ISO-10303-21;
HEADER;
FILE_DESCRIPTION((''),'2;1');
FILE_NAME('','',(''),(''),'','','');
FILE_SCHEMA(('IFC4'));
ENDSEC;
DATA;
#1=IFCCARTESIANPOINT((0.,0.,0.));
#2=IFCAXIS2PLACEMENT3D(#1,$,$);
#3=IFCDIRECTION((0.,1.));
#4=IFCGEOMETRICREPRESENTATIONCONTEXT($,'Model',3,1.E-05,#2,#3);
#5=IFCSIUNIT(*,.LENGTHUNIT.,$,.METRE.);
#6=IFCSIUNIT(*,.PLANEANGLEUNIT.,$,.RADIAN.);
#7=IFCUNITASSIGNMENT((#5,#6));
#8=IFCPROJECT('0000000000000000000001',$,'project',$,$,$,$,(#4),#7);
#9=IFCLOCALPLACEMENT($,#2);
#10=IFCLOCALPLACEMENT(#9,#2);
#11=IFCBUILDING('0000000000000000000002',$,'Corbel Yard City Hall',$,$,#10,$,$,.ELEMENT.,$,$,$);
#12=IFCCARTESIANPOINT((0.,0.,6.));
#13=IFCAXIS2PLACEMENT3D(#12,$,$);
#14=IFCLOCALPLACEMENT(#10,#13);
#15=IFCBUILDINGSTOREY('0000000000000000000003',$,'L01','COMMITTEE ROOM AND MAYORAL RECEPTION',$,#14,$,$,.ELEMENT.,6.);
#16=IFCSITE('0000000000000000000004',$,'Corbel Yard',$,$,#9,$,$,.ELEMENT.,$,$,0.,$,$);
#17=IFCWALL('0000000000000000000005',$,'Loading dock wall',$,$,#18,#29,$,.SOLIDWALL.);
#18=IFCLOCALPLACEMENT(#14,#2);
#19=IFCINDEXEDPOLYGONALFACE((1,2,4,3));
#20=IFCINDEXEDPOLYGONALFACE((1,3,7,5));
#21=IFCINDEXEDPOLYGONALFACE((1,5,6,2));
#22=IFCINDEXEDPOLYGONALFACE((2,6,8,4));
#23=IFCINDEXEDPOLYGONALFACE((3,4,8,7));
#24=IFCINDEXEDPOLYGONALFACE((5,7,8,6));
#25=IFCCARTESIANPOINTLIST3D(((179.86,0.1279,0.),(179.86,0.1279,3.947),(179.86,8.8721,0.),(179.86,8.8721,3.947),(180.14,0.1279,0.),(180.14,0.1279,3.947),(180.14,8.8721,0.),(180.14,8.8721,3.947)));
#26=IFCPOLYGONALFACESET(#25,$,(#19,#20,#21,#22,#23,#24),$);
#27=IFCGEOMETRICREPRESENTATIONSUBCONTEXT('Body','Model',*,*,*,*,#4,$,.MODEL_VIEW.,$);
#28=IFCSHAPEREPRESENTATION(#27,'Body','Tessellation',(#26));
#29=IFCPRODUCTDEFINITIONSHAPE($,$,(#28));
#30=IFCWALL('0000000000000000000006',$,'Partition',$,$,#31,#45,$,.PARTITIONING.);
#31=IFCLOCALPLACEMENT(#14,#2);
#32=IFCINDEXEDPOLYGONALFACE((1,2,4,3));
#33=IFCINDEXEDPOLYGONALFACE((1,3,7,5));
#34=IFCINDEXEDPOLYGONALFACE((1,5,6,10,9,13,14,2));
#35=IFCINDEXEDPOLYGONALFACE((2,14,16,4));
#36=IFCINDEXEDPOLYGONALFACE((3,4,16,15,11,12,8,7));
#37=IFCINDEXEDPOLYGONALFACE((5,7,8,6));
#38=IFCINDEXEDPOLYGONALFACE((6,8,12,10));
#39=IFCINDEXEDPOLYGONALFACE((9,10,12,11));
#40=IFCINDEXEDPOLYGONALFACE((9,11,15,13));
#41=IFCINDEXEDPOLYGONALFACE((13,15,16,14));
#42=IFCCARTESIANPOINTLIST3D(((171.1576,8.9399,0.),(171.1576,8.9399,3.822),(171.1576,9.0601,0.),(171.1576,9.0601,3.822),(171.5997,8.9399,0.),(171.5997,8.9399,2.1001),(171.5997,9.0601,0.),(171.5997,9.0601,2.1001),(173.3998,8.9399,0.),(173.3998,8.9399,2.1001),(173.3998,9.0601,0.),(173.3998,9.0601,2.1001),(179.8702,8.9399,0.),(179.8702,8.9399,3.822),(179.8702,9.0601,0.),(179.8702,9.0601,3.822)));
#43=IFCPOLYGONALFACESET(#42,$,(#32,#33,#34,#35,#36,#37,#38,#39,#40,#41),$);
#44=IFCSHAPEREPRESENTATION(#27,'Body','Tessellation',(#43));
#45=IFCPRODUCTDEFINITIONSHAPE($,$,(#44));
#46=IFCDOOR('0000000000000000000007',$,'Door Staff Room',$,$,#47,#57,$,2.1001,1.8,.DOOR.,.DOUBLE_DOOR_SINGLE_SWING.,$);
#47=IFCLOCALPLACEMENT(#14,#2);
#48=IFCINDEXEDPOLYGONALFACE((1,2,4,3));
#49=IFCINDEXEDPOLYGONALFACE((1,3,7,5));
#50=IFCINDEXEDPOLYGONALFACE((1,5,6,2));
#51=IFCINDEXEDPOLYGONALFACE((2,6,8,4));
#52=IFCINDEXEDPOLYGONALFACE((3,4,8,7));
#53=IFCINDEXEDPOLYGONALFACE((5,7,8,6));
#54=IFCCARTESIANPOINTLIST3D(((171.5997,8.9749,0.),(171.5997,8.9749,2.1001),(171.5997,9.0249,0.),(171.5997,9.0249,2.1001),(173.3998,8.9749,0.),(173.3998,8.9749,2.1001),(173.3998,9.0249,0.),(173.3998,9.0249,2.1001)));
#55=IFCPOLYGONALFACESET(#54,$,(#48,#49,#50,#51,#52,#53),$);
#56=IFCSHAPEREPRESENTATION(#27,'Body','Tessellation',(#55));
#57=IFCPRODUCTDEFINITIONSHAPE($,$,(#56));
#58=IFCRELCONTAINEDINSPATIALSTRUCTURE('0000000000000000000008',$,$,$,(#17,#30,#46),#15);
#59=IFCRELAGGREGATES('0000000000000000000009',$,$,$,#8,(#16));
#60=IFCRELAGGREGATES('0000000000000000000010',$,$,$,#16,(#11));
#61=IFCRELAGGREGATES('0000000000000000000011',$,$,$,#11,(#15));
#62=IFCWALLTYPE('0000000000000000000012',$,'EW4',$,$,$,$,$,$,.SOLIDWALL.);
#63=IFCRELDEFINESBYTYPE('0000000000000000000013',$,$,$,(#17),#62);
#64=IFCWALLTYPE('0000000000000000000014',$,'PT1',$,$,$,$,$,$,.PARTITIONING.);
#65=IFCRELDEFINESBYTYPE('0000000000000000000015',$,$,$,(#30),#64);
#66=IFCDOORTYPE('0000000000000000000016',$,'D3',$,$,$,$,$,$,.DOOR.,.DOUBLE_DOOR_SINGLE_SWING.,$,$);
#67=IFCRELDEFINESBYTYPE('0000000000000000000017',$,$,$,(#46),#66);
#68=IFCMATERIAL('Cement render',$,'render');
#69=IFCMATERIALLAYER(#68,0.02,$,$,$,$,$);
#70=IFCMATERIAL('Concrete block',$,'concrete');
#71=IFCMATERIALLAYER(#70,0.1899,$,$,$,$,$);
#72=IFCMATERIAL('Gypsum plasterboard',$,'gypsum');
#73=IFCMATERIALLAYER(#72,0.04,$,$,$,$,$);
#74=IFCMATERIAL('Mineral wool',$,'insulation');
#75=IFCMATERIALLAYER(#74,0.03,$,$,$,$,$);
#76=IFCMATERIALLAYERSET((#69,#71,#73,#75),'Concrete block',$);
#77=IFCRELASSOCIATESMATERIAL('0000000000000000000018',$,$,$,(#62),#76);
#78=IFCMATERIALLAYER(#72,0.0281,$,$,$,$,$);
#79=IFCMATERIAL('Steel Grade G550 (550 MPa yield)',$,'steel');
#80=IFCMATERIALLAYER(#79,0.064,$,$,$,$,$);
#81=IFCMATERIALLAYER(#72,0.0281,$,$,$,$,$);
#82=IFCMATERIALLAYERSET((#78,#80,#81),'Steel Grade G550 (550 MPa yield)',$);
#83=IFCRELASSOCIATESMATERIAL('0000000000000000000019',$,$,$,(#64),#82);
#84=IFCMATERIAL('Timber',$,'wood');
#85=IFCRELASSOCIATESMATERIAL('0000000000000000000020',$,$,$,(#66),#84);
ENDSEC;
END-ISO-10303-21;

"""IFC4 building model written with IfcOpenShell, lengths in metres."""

from ifc_helpers import new_model, si_unit, direction, frame, frame_2d, origin, place, context, subcontext, project, spatial, rectangle, extrude, material, layer, layer_set, type_object, element, fill, save


model = new_model("IFC4")

# Units and contexts
model_context = context("Model", 3, precision=1e-05, world=origin(), true_north=direction((0.0, 1.0)))
body_context = subcontext(model_context, "Body", "Model", "MODEL_VIEW")
ifc_project = project(units=[si_unit("LENGTHUNIT", "METRE"), si_unit("PLANEANGLEUNIT", "RADIAN")], contexts=[model_context])

# Site, building, storey
site_placement = place(None, origin())
site = spatial("IfcSite", under=ifc_project, at=site_placement, Name="Corbel Yard", CompositionType="ELEMENT", RefElevation=0.0)
building_placement = place(site_placement, origin())
building = spatial("IfcBuilding", under=site, at=building_placement, Name="Corbel Yard City Hall", CompositionType="ELEMENT")
storey_placement = place(building_placement, frame((0.0, 0.0, 6.0)))
storey = spatial("IfcBuildingStorey", under=building, at=storey_placement, Name="L01", Description="COMMITTEE ROOM AND MAYORAL RECEPTION", CompositionType="ELEMENT", Elevation=6.0)

# Shared definitions
ifc_material_1 = material(Name="Concrete block", Category="concrete")
ifc_material_2 = material(Name="Gypsum plasterboard", Category="gypsum")

# Wall
ifc_material_3 = material(Name="Cement render", Category="render")
ifc_layer_1 = layer(ifc_material_3, 0.02)
ifc_layer_2 = layer(ifc_material_1, 0.1899)
ifc_layer_3 = layer(ifc_material_2, 0.04)
ifc_material_4 = material(Name="Mineral wool", Category="insulation")
ifc_layer_4 = layer(ifc_material_4, 0.03)
ifc_layer_set_1 = layer_set([ifc_layer_1, ifc_layer_2, ifc_layer_3, ifc_layer_4], Name="Concrete block")
wall_type_1 = type_object("IfcWallType", Name="EW4", PredefinedType="SOLIDWALL", material=ifc_layer_set_1)
wall_1_placement = place(storey_placement, frame((180.0, 0.1279, 0.0), z_axis=(0.0, 0.0, 1.0), x_axis=(0.0, 1.0, 0.0)))
element("IfcWall", 1, at=wall_1_placement, inside=storey, type_object=wall_type_1, Name="Loading dock wall", PredefinedType="SOLIDWALL", context=body_context, shape_type="SweptSolid", body=[
    extrude(rectangle(XDim=8.7441, YDim=0.28, at=frame_2d((4.3721, 0.0))), origin(), (0.0, 0.0, 1.0), 3.947),
])

# Wall, opening, door
ifc_layer_5 = layer(ifc_material_2, 0.0281)
ifc_material_5 = material(Name="Steel Grade G550 (550 MPa yield)", Category="steel")
ifc_layer_6 = layer(ifc_material_5, 0.064)
ifc_layer_7 = layer(ifc_material_2, 0.0281)
ifc_layer_set_2 = layer_set([ifc_layer_5, ifc_layer_6, ifc_layer_7], Name="Steel Grade G550 (550 MPa yield)")
wall_type_2 = type_object("IfcWallType", Name="PT1", PredefinedType="PARTITIONING", material=ifc_layer_set_2)
wall_2_placement = place(storey_placement, frame((171.1575, 9.0, 0.0), z_axis=(0.0, 0.0, 1.0), x_axis=(1.0, 0.0, 0.0)))
wall_2 = element("IfcWall", 2, at=wall_2_placement, inside=storey, type_object=wall_type_2, Name="Partition", PredefinedType="PARTITIONING", context=body_context, shape_type="SweptSolid", body=[
    extrude(rectangle(XDim=8.7126, YDim=0.1201, at=frame_2d((4.3564, 0.0))), origin(), (0.0, 0.0, 1.0), 3.822),
])
opening_1_placement = place(wall_2_placement, frame((0.4424, 0.0, 0.0)))
opening_1 = element("IfcOpeningElement", 3, at=opening_1_placement, cuts=wall_2, PredefinedType="OPENING", context=body_context, shape_type="SweptSolid", body=[
    extrude(rectangle(XDim=1.8, YDim=2.1001, at=frame_2d((0.8999, 1.05))), frame((0.0, 0.0701, 0.0), z_axis=(0.0, -1.0, 0.0), x_axis=(1.0, 0.0, 0.0)), (0.0, 0.0, 1.0), 0.1401),
])
ifc_material_6 = material(Name="Timber", Category="wood")
door_type = type_object("IfcDoorType", Name="D3", OperationType="DOUBLE_DOOR_SINGLE_SWING", PredefinedType="DOOR", material=ifc_material_6)
door_placement = place(opening_1_placement, origin())
door = element("IfcDoor", 4, at=door_placement, inside=storey, type_object=door_type, Name="Door Staff Room", OperationType="DOUBLE_DOOR_SINGLE_SWING", OverallHeight=2.1001, OverallWidth=1.8, PredefinedType="DOOR", context=body_context, shape_type="SweptSolid", body=[
    extrude(rectangle(XDim=1.8, YDim=2.1001, at=frame_2d((0.8999, 1.05))), frame((0.0, 0.0249, 0.0), z_axis=(0.0, -1.0, 0.0), x_axis=(1.0, 0.0, 0.0)), (0.0, 0.0, 1.0), 0.05),
])
fill(opening_1, door)

save(model, "model.ifc")
